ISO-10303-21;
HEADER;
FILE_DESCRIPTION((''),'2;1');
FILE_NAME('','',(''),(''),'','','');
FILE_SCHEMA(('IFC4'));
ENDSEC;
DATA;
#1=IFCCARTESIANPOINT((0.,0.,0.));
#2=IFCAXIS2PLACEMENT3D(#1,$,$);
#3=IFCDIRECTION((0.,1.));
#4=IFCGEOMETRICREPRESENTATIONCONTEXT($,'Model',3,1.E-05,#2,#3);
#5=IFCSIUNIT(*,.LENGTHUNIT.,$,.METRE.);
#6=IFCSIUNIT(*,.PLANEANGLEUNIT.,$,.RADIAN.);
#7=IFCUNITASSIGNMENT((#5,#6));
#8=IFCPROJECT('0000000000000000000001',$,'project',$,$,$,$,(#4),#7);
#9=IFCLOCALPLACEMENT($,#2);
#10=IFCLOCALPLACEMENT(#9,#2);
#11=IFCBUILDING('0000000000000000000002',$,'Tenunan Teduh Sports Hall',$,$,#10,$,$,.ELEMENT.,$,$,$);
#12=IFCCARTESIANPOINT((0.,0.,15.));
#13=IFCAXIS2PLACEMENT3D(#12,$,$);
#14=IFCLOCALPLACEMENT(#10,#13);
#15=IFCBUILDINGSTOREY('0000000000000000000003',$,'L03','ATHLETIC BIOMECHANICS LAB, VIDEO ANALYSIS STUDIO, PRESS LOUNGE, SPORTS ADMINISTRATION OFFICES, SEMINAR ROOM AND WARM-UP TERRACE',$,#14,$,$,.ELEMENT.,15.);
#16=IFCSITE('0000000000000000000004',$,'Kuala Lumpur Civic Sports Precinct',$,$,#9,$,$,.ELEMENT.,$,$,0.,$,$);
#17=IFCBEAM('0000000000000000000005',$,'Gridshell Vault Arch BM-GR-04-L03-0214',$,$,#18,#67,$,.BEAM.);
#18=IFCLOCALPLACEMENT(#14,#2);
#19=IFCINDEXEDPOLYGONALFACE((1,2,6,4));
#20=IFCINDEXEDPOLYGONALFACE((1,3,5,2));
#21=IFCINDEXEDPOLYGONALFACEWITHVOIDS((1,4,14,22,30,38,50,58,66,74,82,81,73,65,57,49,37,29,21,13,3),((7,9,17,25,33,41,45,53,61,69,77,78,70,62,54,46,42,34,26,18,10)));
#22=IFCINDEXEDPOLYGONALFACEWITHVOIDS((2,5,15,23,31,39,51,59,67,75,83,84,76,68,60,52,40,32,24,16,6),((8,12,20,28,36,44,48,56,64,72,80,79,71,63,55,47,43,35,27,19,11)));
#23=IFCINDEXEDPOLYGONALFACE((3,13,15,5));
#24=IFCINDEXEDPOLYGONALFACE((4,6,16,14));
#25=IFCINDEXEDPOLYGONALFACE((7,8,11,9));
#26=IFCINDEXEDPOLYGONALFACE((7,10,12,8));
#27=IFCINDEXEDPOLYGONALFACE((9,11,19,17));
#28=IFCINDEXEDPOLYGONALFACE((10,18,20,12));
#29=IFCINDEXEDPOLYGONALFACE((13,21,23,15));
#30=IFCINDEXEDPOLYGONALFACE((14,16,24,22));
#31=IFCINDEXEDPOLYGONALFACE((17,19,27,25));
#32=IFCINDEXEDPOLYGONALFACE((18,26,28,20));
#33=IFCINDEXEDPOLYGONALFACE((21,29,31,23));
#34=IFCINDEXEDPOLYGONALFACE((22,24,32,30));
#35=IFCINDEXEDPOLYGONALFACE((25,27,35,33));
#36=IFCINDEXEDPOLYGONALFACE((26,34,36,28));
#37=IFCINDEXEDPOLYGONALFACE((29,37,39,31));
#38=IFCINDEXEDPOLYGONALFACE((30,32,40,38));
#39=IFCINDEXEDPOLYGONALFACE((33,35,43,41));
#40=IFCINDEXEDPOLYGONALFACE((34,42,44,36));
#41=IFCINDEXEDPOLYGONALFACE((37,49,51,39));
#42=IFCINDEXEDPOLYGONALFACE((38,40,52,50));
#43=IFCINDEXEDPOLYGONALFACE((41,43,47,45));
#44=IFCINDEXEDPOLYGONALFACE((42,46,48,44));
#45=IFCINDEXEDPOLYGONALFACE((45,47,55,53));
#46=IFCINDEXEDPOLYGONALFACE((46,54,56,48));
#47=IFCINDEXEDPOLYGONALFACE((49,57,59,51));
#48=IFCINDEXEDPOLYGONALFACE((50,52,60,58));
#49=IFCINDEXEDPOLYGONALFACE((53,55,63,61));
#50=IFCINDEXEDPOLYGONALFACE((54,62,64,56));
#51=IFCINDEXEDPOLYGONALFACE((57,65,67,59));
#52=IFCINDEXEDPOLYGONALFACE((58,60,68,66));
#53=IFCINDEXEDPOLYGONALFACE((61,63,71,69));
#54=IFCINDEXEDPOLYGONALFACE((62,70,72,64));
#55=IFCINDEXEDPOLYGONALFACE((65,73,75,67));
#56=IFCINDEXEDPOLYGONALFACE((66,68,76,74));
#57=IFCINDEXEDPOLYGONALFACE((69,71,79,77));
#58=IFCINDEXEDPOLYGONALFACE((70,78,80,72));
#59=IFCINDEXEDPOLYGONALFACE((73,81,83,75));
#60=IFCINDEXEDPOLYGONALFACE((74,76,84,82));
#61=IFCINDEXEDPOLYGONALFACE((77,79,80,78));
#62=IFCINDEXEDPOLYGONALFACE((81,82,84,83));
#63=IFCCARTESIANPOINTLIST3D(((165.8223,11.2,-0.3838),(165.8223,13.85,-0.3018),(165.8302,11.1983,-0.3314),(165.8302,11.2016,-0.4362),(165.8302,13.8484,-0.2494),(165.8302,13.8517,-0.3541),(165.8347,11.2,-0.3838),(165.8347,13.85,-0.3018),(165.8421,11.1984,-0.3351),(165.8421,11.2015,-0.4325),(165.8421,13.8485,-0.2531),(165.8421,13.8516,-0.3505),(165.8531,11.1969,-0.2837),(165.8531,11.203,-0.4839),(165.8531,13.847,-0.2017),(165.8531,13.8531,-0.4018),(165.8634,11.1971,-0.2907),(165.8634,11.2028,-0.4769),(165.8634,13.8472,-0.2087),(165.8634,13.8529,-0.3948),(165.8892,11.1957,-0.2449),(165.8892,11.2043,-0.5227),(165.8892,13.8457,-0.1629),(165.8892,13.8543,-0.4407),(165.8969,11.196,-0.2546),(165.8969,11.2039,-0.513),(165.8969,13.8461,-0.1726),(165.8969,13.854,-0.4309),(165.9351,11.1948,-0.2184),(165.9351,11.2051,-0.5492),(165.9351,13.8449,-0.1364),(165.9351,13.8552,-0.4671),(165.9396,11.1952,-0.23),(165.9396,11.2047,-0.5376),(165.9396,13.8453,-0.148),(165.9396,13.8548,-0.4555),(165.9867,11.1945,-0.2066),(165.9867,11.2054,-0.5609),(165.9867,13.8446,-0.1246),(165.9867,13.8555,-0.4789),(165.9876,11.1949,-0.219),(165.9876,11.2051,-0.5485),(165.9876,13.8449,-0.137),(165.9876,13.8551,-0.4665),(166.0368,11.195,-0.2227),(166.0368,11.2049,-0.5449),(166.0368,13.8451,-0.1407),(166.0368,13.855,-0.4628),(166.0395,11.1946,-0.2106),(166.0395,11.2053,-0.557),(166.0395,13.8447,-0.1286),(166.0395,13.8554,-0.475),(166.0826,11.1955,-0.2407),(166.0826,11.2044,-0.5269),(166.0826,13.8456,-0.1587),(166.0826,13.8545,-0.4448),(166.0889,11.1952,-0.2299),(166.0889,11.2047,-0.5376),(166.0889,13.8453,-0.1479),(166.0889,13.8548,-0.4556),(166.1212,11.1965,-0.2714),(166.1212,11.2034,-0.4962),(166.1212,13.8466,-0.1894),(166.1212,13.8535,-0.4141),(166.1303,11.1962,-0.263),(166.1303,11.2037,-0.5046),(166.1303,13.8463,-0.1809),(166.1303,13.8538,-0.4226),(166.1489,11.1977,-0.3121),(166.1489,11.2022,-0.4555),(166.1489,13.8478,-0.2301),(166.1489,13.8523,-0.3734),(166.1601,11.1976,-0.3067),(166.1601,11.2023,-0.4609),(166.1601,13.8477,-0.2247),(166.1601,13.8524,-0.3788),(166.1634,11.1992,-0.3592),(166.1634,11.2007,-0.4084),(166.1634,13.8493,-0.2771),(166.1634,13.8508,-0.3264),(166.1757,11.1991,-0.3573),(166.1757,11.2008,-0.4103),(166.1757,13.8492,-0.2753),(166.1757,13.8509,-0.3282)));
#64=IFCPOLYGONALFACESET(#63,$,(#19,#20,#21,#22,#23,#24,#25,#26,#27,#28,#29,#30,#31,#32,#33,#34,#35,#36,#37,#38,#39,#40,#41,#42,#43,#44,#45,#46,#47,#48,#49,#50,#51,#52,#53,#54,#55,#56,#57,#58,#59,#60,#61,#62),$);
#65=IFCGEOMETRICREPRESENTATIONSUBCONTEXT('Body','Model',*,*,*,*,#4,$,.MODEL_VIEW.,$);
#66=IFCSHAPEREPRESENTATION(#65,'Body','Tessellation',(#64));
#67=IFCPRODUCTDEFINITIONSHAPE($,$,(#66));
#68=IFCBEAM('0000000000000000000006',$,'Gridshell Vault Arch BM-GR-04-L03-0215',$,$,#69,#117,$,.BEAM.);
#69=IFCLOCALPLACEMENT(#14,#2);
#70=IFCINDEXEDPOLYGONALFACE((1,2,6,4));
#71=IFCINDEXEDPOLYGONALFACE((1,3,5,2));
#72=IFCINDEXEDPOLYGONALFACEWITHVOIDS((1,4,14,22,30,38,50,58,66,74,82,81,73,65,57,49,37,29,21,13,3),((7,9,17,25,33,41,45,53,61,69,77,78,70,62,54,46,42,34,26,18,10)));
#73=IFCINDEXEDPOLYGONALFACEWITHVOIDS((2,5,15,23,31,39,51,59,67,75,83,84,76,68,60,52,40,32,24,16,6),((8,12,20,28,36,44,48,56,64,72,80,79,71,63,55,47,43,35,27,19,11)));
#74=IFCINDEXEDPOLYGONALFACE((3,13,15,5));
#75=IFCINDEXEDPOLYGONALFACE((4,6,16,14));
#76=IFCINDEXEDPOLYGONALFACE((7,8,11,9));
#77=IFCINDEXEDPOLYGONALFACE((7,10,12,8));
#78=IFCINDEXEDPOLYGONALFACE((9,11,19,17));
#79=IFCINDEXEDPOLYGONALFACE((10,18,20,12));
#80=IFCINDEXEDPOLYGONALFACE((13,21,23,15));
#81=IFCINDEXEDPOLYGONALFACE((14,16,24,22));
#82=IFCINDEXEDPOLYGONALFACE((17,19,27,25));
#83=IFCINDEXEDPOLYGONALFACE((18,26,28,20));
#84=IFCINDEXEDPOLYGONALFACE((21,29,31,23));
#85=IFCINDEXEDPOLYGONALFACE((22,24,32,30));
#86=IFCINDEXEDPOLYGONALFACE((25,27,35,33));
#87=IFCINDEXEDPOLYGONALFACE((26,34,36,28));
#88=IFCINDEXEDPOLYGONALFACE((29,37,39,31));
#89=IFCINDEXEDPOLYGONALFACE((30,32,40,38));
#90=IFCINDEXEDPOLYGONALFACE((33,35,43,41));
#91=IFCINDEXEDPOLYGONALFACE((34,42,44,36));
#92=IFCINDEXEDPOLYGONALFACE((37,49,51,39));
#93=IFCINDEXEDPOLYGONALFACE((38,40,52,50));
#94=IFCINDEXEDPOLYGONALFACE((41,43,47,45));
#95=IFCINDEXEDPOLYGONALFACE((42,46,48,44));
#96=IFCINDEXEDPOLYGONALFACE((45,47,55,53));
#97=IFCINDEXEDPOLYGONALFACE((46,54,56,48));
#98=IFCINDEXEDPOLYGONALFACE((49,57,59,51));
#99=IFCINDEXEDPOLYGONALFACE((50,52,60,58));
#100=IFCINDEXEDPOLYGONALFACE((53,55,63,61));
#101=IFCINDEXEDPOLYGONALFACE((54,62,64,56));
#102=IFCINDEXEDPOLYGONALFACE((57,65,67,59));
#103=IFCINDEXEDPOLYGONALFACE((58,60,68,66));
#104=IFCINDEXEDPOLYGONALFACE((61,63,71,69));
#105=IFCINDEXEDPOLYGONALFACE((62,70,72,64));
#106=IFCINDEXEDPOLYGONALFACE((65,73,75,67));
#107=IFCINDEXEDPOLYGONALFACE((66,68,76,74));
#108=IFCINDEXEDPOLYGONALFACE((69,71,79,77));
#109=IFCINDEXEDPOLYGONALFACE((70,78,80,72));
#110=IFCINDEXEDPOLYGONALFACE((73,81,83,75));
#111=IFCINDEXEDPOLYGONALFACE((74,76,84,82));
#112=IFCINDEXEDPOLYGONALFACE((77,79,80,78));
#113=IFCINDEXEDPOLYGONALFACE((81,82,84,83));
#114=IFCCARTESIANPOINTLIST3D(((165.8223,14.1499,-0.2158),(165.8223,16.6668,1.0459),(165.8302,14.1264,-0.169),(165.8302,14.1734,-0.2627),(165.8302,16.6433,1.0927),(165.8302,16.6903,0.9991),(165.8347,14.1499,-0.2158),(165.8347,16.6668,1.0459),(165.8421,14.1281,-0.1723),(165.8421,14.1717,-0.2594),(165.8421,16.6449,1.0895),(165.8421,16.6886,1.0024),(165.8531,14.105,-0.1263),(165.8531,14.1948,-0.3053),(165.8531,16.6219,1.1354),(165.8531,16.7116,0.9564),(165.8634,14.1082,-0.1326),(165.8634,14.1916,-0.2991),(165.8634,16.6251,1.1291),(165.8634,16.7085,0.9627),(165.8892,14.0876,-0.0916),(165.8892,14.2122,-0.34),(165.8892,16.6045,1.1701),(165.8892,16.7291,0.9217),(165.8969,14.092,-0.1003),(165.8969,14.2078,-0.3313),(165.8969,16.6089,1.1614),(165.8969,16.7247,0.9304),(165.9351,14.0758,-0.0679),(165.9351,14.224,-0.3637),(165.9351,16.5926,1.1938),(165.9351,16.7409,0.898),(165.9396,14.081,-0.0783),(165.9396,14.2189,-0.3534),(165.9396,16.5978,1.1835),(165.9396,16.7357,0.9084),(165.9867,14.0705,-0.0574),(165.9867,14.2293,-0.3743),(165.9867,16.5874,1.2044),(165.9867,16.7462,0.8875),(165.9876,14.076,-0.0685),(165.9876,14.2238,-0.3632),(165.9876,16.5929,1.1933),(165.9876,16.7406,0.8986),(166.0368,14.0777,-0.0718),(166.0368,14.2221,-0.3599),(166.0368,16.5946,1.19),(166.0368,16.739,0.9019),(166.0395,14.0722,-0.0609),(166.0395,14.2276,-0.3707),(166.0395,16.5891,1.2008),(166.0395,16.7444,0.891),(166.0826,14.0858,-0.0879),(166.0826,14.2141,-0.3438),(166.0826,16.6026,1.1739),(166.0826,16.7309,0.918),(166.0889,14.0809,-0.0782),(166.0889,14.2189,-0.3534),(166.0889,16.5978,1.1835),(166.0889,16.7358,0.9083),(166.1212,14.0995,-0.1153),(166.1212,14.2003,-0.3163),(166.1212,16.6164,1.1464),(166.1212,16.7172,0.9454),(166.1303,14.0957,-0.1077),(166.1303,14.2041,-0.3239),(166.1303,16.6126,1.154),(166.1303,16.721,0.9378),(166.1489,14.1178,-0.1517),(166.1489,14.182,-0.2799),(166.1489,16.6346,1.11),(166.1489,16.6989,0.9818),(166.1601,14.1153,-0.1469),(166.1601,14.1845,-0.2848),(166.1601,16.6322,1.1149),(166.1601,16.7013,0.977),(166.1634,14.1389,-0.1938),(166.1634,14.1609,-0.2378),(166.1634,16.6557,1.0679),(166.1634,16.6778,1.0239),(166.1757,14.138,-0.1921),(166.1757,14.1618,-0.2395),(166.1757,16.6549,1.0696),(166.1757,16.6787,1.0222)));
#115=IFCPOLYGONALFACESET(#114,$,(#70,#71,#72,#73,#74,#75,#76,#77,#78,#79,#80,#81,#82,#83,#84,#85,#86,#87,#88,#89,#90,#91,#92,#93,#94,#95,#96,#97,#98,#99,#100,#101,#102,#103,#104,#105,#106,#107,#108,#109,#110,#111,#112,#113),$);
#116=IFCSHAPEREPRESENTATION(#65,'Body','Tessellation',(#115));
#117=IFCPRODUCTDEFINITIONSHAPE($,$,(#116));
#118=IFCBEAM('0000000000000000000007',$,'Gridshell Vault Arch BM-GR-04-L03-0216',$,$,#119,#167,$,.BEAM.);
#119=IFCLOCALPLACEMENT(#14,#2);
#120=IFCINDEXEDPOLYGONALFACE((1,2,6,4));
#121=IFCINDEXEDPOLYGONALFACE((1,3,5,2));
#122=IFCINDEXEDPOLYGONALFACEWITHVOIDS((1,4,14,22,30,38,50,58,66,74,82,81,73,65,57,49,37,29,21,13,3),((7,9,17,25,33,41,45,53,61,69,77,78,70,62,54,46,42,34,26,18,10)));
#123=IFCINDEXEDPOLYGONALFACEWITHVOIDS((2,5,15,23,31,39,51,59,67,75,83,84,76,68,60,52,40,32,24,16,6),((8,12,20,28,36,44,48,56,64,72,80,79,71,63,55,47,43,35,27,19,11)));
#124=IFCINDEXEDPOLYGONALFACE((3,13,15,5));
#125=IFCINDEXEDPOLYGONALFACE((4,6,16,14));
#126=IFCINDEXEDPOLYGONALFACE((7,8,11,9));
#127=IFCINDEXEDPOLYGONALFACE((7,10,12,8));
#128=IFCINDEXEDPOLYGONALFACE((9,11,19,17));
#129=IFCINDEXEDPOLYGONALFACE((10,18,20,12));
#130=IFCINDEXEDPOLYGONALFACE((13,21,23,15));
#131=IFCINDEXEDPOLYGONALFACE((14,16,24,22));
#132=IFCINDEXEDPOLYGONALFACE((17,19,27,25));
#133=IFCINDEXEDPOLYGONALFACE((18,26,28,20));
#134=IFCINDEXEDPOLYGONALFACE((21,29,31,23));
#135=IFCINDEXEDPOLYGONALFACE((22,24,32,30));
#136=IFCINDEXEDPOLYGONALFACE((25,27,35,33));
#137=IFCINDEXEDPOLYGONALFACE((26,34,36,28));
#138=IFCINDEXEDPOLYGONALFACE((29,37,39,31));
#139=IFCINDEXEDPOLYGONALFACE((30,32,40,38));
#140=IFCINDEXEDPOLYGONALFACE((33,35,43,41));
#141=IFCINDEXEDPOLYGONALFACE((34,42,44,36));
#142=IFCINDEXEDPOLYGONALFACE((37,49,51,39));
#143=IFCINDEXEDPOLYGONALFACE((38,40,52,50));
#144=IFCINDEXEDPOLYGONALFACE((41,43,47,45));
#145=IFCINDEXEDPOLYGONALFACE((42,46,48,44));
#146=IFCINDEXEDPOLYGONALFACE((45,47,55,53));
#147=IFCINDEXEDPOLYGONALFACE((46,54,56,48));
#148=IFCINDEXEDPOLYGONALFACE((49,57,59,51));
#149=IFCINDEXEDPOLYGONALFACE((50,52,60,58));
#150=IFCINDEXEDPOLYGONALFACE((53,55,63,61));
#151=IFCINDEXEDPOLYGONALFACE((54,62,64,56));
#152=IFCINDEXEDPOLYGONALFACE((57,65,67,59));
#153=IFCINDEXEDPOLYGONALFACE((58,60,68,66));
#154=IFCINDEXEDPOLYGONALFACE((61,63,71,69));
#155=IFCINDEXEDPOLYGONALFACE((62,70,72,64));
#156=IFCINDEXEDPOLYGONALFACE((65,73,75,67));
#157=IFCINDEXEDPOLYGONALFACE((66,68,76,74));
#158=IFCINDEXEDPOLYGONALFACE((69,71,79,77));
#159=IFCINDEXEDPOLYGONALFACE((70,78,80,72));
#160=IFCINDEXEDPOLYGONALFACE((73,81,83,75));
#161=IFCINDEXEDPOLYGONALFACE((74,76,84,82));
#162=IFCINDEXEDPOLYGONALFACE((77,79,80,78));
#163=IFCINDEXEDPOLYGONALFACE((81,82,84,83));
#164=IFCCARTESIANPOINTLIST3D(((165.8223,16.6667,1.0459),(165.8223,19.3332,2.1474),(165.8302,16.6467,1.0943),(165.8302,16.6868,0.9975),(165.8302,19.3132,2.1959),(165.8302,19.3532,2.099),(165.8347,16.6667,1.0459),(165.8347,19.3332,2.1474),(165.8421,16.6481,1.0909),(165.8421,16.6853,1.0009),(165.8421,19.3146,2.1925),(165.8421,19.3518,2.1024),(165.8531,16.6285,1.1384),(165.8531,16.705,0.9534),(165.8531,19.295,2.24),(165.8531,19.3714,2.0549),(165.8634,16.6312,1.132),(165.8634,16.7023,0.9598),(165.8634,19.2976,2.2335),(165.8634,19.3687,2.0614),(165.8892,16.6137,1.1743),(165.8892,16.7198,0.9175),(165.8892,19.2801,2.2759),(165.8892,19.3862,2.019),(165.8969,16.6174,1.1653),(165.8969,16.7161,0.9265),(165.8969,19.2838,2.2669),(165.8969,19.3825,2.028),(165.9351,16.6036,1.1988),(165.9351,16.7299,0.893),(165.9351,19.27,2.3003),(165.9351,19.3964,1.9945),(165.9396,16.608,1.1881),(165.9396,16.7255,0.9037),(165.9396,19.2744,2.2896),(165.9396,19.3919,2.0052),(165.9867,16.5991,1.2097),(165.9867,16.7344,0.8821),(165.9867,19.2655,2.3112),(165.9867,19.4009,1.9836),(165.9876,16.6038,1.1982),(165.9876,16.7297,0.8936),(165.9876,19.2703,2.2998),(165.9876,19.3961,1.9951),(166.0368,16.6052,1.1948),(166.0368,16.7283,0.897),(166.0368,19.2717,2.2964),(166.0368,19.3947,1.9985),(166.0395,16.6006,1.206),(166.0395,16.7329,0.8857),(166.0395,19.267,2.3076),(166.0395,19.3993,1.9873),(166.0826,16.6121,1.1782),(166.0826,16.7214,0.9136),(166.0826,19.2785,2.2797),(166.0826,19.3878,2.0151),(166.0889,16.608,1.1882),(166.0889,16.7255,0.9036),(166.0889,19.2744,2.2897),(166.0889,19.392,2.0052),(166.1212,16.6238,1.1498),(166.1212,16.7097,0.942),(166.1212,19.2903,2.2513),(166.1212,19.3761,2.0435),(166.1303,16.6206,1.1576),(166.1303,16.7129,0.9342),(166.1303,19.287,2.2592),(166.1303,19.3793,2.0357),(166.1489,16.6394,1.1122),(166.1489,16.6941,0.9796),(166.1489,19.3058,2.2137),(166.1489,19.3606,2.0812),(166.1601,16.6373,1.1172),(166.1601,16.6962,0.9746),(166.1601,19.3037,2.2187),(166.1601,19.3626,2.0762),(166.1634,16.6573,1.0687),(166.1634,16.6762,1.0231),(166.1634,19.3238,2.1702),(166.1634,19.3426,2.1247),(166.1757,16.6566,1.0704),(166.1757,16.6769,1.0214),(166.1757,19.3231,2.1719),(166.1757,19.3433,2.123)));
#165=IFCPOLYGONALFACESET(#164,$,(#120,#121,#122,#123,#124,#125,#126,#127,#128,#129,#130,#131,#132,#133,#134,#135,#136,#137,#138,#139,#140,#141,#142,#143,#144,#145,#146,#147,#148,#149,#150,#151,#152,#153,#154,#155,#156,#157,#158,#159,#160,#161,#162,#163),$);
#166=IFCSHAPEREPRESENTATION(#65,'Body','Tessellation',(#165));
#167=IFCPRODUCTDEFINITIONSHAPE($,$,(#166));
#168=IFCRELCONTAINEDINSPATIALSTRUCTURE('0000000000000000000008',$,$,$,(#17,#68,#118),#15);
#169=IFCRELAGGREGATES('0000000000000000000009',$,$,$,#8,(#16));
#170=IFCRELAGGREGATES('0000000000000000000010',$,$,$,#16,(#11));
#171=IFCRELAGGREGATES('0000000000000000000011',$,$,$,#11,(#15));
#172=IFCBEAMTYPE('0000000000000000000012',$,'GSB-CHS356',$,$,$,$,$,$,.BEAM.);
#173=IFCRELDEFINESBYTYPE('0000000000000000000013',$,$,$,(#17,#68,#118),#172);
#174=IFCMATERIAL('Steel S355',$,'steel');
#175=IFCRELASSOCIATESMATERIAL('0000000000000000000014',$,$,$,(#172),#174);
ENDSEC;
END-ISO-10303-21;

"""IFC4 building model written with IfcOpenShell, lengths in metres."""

from ifc_helpers import new_model, si_unit, direction, frame, origin, origin_2d, place, context, subcontext, project, spatial, hollow_circle, extrude, material, material_profile, profile_set, type_object, element, save


model = new_model("IFC4")

# Units and contexts
model_context = context("Model", 3, precision=1e-05, world=origin(), true_north=direction((0.0, 1.0)))
body_context = subcontext(model_context, "Body", "Model", "MODEL_VIEW")
ifc_project = project(units=[si_unit("LENGTHUNIT", "METRE"), si_unit("PLANEANGLEUNIT", "RADIAN")], contexts=[model_context])

# Site, building, storey
site_placement = place(None, origin())
site = spatial("IfcSite", under=ifc_project, at=site_placement, Name="Kuala Lumpur Civic Sports Precinct", CompositionType="ELEMENT", RefElevation=0.0)
building_placement = place(site_placement, origin())
building = spatial("IfcBuilding", under=site, at=building_placement, Name="Tenunan Teduh Sports Hall", CompositionType="ELEMENT")
storey_placement = place(building_placement, frame((0.0, 0.0, 15.0)))
storey = spatial("IfcBuildingStorey", under=building, at=storey_placement, Name="L03", Description="ATHLETIC BIOMECHANICS LAB, VIDEO ANALYSIS STUDIO, PRESS LOUNGE, SPORTS ADMINISTRATION OFFICES, SEMINAR ROOM AND WARM-UP TERRACE", CompositionType="ELEMENT", Elevation=15.0)

# Beams
ifc_material_1 = material(Name="Steel S355", Category="steel")
ifc_material_profile_1 = material_profile(ifc_material_1, hollow_circle(Radius=0.1777, WallThickness=0.0125, at=origin_2d()), Name="CHS 355.6x12.5")
ifc_profile_set_1 = profile_set([ifc_material_profile_1], Name="Steel S355")
beam_type_1 = type_object("IfcBeamType", Name="GSB-CHS356", PredefinedType="BEAM", material=ifc_profile_set_1)
beam_1_placement = place(storey_placement, frame((166.0, 11.2, -0.3838), z_axis=(0.0, 0.999521, 0.030939), x_axis=(-1.0, 0.0, 0.0)))
element("IfcBeam", 1, at=beam_1_placement, inside=storey, type_object=beam_type_1, Name="Gridshell Vault Arch BM-GR-04-L03-0214", PredefinedType="BEAM", context=body_context, shape_type="SweptSolid", body=[
    extrude(hollow_circle(Radius=0.1777, WallThickness=0.0125, at=origin_2d()), origin(), (0.0, 0.0, 1.0), 2.6514),
])
beam_2_placement = place(storey_placement, frame((166.0, 14.1499, -0.2158), z_axis=(0.0, 0.893958, 0.44815), x_axis=(-1.0, 0.0, 0.0)))
element("IfcBeam", 2, at=beam_2_placement, inside=storey, type_object=beam_type_1, Name="Gridshell Vault Arch BM-GR-04-L03-0215", PredefinedType="BEAM", context=body_context, shape_type="SweptSolid", body=[
    extrude(hollow_circle(Radius=0.1777, WallThickness=0.0125, at=origin_2d()), origin(), (0.0, 0.0, 1.0), 2.8154),
])
beam_3_placement = place(storey_placement, frame((166.0, 16.6667, 1.0459), z_axis=(0.0, 0.924239, 0.381814), x_axis=(-1.0, 0.0, 0.0)))
element("IfcBeam", 3, at=beam_3_placement, inside=storey, type_object=beam_type_1, Name="Gridshell Vault Arch BM-GR-04-L03-0216", PredefinedType="BEAM", context=body_context, shape_type="SweptSolid", body=[
    extrude(hollow_circle(Radius=0.1777, WallThickness=0.0125, at=origin_2d()), origin(), (0.0, 0.0, 1.0), 2.885),
])

save(model, "model.ifc")
